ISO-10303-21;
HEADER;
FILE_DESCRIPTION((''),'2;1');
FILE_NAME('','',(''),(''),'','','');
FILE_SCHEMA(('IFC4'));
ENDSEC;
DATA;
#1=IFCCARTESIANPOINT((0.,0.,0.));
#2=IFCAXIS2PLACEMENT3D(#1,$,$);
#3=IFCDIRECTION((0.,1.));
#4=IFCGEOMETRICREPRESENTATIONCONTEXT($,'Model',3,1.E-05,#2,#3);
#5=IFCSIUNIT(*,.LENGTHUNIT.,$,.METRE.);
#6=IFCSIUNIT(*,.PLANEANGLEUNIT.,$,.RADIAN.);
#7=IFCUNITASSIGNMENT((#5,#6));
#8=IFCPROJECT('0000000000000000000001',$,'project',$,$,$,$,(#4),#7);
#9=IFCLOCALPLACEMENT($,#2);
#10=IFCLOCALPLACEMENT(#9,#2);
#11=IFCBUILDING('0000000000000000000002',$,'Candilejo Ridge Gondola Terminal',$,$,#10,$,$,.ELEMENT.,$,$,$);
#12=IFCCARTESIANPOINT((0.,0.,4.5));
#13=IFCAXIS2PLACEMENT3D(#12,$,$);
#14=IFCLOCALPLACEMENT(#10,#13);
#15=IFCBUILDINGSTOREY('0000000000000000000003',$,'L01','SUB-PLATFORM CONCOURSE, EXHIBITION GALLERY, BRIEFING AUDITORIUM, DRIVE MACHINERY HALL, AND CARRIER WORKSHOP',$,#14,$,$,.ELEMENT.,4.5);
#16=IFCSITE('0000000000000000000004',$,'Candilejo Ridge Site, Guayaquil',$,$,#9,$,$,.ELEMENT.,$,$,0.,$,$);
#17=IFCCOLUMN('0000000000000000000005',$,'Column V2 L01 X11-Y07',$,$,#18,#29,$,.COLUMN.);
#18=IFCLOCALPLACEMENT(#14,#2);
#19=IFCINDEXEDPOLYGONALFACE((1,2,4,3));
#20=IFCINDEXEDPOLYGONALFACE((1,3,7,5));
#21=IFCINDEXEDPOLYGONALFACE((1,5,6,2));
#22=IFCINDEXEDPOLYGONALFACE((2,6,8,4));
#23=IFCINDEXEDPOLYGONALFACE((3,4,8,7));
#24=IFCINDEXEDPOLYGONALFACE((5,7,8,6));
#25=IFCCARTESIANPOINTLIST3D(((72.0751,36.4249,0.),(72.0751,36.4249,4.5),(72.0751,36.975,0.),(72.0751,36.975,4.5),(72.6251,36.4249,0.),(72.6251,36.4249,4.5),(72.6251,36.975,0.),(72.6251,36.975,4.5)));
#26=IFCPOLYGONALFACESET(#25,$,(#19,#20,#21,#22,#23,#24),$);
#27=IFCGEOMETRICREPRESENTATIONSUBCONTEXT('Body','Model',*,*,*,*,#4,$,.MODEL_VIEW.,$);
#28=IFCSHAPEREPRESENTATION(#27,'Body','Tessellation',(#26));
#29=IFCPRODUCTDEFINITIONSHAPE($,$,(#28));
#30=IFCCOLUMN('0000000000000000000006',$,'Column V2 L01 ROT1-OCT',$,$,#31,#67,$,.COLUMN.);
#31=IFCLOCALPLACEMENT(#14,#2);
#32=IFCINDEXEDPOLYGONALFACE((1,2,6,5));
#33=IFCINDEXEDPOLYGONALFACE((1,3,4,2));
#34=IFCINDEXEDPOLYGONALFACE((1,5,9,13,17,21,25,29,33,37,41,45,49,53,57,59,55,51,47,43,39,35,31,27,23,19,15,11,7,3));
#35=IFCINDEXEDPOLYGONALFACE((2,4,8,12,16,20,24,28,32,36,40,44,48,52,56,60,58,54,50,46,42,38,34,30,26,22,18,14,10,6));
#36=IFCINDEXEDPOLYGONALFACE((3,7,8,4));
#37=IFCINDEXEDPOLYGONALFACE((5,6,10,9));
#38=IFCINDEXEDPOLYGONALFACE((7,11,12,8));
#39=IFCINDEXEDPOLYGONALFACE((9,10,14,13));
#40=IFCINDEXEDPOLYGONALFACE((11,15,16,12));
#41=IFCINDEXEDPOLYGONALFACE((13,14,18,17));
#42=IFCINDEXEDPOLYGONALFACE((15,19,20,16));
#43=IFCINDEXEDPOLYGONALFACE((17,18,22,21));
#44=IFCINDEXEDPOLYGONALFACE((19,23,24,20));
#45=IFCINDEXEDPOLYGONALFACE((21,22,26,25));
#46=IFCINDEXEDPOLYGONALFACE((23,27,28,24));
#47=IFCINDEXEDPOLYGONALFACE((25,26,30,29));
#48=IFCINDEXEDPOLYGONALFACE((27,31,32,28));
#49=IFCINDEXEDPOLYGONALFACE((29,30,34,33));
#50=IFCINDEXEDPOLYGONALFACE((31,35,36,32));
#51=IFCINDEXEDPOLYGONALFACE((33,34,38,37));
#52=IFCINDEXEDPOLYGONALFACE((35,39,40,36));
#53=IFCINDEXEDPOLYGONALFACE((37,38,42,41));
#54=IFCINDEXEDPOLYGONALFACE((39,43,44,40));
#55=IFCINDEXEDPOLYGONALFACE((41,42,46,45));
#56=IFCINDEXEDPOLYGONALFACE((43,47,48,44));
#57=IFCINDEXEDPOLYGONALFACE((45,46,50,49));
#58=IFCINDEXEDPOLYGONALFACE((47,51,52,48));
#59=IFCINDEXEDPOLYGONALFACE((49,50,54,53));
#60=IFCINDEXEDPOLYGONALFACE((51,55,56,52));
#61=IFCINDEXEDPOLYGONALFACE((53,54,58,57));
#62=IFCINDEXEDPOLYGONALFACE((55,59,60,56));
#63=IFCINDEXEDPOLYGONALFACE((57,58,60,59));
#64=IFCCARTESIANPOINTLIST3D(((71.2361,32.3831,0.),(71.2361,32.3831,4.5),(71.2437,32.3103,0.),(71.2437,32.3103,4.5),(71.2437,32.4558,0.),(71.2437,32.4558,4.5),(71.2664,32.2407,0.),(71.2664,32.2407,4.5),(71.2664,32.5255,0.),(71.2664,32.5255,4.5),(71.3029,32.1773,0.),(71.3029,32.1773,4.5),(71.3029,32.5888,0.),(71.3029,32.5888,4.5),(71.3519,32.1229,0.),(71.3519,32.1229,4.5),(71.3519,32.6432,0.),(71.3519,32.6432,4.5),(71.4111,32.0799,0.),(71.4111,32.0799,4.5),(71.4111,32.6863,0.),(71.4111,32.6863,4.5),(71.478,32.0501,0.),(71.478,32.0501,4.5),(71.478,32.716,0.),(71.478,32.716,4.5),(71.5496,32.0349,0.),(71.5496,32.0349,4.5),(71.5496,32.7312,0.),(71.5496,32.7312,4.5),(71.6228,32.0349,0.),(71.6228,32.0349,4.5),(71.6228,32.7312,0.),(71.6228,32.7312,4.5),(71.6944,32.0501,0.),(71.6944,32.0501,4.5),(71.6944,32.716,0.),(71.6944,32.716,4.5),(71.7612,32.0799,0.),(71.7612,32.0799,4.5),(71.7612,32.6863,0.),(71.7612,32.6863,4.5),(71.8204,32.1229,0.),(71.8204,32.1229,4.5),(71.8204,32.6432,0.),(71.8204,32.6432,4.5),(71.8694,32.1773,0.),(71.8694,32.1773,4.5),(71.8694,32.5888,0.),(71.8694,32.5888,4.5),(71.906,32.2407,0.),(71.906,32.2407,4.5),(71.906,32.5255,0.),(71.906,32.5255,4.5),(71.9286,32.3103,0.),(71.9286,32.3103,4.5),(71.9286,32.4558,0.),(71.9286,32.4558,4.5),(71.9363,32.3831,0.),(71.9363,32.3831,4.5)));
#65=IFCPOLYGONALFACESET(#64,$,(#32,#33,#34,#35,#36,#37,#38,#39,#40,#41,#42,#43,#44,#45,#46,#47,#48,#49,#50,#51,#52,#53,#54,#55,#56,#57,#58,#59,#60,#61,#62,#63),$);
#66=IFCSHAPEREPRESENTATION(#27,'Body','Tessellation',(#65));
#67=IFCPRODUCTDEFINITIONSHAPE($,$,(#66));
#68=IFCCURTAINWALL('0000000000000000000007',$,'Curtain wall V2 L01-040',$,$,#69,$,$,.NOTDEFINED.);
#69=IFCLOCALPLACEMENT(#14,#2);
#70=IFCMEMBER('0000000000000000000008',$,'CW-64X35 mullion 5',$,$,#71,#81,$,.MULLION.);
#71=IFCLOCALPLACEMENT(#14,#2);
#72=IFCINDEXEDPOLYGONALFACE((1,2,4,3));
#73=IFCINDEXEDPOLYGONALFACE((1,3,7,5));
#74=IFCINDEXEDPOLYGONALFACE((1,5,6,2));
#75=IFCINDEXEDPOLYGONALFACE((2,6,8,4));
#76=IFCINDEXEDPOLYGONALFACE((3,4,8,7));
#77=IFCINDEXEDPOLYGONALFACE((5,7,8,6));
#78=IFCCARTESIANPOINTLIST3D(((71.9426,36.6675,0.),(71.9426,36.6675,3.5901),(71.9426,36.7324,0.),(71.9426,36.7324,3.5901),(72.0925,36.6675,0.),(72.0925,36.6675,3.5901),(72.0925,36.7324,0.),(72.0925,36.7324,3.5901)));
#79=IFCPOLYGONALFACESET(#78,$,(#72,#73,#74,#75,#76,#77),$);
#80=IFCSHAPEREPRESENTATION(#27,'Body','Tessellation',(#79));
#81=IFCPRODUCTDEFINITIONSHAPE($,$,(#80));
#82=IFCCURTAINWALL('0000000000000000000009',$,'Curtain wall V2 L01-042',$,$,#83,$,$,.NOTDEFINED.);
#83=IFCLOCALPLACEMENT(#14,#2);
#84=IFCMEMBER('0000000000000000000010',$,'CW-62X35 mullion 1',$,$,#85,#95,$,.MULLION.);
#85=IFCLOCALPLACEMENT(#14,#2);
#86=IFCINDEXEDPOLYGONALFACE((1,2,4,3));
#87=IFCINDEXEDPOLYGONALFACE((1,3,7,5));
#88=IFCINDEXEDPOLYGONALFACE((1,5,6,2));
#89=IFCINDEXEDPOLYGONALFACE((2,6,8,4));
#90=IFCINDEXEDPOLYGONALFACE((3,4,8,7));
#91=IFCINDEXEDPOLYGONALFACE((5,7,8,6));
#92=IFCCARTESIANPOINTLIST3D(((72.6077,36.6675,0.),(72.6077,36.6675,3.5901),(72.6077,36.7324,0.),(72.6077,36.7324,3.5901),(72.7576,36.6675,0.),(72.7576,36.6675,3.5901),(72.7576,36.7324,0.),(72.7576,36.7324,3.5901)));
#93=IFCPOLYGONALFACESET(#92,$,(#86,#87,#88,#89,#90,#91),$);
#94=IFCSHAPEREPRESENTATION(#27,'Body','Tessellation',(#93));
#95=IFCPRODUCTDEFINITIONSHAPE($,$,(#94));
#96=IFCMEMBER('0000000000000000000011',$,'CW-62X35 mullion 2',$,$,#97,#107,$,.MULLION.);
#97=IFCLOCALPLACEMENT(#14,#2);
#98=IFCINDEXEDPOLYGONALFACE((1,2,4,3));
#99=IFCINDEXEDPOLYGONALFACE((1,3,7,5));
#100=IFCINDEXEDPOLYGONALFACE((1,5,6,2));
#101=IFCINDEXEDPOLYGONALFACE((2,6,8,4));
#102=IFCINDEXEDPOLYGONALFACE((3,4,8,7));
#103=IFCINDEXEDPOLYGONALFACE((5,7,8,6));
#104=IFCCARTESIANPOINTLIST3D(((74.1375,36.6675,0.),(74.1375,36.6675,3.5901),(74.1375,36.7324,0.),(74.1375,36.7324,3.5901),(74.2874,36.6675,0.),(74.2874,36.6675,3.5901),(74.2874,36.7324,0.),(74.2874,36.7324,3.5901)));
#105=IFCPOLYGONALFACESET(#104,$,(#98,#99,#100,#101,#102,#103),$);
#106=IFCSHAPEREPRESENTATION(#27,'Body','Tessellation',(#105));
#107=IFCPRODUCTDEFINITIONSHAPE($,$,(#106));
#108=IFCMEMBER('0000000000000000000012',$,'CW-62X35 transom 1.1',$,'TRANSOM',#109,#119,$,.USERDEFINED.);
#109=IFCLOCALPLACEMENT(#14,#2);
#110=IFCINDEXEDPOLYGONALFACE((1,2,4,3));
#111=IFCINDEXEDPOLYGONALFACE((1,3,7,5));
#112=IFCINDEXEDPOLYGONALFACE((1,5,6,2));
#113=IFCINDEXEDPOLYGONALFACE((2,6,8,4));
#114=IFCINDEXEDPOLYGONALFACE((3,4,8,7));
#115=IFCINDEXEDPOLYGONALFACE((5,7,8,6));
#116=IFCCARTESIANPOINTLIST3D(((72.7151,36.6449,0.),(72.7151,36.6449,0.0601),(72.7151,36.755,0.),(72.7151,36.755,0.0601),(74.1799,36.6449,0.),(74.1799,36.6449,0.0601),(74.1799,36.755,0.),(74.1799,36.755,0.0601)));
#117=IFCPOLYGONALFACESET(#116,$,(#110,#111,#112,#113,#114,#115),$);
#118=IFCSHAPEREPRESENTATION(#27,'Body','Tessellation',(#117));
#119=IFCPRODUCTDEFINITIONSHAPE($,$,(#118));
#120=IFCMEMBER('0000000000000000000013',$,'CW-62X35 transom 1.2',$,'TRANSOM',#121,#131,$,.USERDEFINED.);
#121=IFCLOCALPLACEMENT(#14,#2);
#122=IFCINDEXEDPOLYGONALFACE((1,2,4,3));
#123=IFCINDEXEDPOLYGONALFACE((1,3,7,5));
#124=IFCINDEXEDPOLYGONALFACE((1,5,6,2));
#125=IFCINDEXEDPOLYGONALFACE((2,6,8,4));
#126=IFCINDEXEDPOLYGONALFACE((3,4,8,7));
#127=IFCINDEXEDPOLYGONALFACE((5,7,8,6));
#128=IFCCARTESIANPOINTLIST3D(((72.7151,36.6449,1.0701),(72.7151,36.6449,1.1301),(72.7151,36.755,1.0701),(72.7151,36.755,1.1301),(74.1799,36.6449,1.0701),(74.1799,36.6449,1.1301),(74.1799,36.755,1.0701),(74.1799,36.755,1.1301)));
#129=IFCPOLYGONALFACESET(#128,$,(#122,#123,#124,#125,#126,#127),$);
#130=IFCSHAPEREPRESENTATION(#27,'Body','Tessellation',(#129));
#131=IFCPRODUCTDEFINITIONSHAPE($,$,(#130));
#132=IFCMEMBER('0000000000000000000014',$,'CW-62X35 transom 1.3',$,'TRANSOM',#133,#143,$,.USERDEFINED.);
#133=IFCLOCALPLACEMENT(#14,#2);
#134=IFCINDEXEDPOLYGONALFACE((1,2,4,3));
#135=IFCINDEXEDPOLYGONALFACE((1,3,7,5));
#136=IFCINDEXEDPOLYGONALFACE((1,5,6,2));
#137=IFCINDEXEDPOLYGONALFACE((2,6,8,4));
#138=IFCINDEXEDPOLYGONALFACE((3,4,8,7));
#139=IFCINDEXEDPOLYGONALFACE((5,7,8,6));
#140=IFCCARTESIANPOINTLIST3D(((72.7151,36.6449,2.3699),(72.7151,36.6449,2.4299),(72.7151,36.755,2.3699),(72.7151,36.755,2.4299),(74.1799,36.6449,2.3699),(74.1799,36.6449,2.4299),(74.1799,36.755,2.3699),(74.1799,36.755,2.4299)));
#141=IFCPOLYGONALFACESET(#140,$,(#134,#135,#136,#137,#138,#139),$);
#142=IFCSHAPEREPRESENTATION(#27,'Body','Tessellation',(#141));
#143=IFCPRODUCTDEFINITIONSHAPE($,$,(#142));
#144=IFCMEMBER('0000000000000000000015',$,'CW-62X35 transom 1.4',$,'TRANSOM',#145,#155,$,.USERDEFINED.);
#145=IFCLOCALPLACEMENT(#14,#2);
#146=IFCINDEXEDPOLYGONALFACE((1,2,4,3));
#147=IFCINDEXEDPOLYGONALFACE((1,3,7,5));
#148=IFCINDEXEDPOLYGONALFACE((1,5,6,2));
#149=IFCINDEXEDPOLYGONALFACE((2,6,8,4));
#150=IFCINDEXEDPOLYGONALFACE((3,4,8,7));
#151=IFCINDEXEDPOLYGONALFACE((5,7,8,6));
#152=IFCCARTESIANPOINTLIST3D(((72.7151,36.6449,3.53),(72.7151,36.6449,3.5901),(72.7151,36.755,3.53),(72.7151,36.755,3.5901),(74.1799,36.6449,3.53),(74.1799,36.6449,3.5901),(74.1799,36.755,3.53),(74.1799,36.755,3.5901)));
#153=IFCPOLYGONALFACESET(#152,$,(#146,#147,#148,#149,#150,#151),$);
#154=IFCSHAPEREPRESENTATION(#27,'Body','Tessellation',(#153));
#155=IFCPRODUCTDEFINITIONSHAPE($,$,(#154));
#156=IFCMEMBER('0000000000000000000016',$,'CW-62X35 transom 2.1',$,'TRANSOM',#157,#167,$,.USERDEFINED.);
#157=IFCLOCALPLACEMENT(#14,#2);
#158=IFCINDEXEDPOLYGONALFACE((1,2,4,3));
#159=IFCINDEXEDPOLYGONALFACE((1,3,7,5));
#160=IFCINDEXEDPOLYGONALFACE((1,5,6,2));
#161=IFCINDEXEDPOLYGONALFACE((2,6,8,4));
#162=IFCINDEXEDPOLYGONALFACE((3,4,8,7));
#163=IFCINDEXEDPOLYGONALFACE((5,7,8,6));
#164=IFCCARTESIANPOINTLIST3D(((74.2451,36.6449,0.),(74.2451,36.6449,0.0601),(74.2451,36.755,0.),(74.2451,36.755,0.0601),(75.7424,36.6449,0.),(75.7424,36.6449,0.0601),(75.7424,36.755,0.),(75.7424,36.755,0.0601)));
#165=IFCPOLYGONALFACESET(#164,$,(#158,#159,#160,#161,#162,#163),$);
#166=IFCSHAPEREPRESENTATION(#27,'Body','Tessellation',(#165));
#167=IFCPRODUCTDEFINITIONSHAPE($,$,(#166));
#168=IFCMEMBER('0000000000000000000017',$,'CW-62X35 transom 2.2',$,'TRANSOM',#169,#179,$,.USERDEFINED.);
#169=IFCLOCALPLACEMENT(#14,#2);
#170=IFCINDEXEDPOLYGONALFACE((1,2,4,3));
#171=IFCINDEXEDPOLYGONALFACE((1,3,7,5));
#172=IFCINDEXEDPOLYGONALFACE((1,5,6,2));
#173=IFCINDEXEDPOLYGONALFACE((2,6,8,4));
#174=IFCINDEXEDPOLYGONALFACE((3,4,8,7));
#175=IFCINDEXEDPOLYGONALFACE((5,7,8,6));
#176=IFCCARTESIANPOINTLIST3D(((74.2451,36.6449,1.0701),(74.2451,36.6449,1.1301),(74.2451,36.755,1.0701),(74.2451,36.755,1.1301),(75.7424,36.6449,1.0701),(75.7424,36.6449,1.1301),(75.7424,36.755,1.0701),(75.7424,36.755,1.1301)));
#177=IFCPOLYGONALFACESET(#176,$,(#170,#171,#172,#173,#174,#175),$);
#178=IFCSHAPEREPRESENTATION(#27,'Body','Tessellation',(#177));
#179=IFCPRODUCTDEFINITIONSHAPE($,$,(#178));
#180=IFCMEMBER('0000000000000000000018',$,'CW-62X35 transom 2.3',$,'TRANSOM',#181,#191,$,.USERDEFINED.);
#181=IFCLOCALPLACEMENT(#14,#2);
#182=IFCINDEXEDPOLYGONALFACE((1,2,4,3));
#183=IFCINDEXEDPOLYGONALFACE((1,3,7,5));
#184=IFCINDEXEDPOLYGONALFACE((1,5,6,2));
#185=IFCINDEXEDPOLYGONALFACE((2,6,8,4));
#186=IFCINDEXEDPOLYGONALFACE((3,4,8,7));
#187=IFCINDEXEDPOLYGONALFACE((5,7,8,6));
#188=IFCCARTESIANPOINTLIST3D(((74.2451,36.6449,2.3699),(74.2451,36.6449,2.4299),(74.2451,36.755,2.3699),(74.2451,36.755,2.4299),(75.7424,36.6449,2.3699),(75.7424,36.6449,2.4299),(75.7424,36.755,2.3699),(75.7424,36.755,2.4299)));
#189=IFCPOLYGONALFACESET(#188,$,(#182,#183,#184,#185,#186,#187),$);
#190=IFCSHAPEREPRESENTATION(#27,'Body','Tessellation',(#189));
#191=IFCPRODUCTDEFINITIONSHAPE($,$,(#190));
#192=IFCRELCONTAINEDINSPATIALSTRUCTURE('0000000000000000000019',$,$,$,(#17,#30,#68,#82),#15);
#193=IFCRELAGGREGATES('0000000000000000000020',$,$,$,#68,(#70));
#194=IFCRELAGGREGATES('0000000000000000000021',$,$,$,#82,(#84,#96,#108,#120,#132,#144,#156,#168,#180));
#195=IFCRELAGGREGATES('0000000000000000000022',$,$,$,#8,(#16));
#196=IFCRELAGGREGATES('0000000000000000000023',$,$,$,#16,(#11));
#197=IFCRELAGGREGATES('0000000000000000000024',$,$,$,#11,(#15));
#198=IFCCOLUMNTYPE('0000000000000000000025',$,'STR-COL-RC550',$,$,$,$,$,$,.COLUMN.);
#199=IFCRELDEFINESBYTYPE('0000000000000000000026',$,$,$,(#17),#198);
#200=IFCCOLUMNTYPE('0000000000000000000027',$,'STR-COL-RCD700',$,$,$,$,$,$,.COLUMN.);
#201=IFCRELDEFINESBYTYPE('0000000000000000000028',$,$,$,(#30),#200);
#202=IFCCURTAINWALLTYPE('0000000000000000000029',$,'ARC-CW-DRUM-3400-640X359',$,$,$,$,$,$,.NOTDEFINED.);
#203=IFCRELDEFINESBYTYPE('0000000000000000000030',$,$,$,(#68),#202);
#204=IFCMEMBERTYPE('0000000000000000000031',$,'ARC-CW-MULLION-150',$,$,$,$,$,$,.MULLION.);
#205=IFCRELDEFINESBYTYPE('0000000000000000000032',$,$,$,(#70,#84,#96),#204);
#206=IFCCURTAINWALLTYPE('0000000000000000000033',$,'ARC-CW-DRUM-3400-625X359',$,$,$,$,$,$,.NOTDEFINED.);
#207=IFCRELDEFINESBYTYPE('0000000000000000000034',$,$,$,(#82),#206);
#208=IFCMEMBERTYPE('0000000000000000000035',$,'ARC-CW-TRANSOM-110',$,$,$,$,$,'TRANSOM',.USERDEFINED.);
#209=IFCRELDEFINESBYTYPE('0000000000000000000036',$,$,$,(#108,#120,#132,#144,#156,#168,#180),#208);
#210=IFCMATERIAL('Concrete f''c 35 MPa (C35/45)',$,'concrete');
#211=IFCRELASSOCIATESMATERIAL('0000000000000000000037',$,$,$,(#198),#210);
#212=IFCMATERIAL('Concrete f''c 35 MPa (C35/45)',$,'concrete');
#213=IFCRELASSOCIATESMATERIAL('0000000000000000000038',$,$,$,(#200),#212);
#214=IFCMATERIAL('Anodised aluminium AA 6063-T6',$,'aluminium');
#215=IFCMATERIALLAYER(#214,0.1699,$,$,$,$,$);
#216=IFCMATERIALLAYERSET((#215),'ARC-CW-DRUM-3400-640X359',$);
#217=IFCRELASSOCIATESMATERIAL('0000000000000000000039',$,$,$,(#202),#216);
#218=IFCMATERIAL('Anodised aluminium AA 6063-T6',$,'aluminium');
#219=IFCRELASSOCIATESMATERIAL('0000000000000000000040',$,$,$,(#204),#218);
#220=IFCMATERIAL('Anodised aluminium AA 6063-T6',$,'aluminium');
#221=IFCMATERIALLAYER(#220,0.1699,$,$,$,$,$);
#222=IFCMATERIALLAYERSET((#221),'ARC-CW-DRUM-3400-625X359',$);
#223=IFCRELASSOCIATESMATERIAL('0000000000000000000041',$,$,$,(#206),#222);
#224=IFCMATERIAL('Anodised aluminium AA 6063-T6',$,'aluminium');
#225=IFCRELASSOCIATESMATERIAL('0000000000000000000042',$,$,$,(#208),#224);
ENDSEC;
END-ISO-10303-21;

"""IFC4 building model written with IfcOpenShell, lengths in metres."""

from ifc_helpers import new_model, si_unit, direction, frame, origin, origin_2d, place, context, subcontext, project, spatial, rectangle, circle, extrude, material, layer, layer_set, material_profile, profile_set, type_object, element, aggregate, save


model = new_model("IFC4")

# Units and contexts
model_context = context("Model", 3, precision=1e-05, world=origin(), true_north=direction((0.0, 1.0)))
body_context = subcontext(model_context, "Body", "Model", "MODEL_VIEW")
ifc_project = project(units=[si_unit("LENGTHUNIT", "METRE"), si_unit("PLANEANGLEUNIT", "RADIAN")], contexts=[model_context])

# Site, building, storey
site_placement = place(None, origin())
site = spatial("IfcSite", under=ifc_project, at=site_placement, Name="Candilejo Ridge Site, Guayaquil", CompositionType="ELEMENT", RefElevation=0.0)
building_placement = place(site_placement, origin())
building = spatial("IfcBuilding", under=site, at=building_placement, Name="Candilejo Ridge Gondola Terminal", CompositionType="ELEMENT")
storey_placement = place(building_placement, frame((0.0, 0.0, 4.5)))
storey = spatial("IfcBuildingStorey", under=building, at=storey_placement, Name="L01", Description="SUB-PLATFORM CONCOURSE, EXHIBITION GALLERY, BRIEFING AUDITORIUM, DRIVE MACHINERY HALL, AND CARRIER WORKSHOP", CompositionType="ELEMENT", Elevation=4.5)

# Columns
ifc_material_1 = material(Name="Concrete f'c 35 MPa (C35/45)", Category="concrete")
ifc_material_profile_1 = material_profile(ifc_material_1, rectangle(XDim=0.55, YDim=0.55, at=origin_2d()))
ifc_profile_set_1 = profile_set([ifc_material_profile_1], Name="Concrete f'c 35 MPa (C35/45)")
column_type_1 = type_object("IfcColumnType", Name="STR-COL-RC550", PredefinedType="COLUMN", material=ifc_profile_set_1)
column_1_placement = place(storey_placement, frame((72.3501, 36.7, 0.0), z_axis=(0.0, 0.0, 1.0), x_axis=(1.0, 0.0, 0.0)))
element("IfcColumn", 1, at=column_1_placement, inside=storey, type_object=column_type_1, Name="Column V2 L01 X11-Y07", PredefinedType="COLUMN", context=body_context, shape_type="SweptSolid", body=[
    extrude(rectangle(XDim=0.55, YDim=0.55, at=origin_2d()), origin(), (0.0, 0.0, 1.0), 4.5),
])
ifc_material_2 = material(Name="Concrete f'c 35 MPa (C35/45)", Category="concrete")
ifc_material_profile_2 = material_profile(ifc_material_2, circle(Radius=0.3501, at=origin_2d()))
ifc_profile_set_2 = profile_set([ifc_material_profile_2], Name="Concrete f'c 35 MPa (C35/45)")
column_type_2 = type_object("IfcColumnType", Name="STR-COL-RCD700", PredefinedType="COLUMN", material=ifc_profile_set_2)
column_2_placement = place(storey_placement, frame((71.5862, 32.3831, 0.0), z_axis=(0.0, 0.0, 1.0), x_axis=(1.0, 0.0, 0.0)))
element("IfcColumn", 2, at=column_2_placement, inside=storey, type_object=column_type_2, Name="Column V2 L01 ROT1-OCT", PredefinedType="COLUMN", context=body_context, shape_type="SweptSolid", body=[
    extrude(circle(Radius=0.3501, at=origin_2d()), origin(), (0.0, 0.0, 1.0), 4.5),
])

# Curtain wall, member
ifc_material_3 = material(Name="Anodised aluminium AA 6063-T6", Category="aluminium")
ifc_layer_1 = layer(ifc_material_3, 0.1699)
ifc_layer_set_1 = layer_set([ifc_layer_1], Name="ARC-CW-DRUM-3400-640X359")
curtain_wall_type_1 = type_object("IfcCurtainWallType", Name="ARC-CW-DRUM-3400-640X359", PredefinedType="NOTDEFINED", material=ifc_layer_set_1)
curtain_wall_1_placement = place(storey_placement, origin())
curtain_wall_1 = element("IfcCurtainWall", 3, at=curtain_wall_1_placement, inside=storey, type_object=curtain_wall_type_1, Name="Curtain wall V2 L01-040", PredefinedType="NOTDEFINED")
ifc_material_4 = material(Name="Anodised aluminium AA 6063-T6", Category="aluminium")
ifc_material_profile_3 = material_profile(ifc_material_4, rectangle(XDim=0.0649, YDim=0.1499, at=origin_2d()))
ifc_profile_set_3 = profile_set([ifc_material_profile_3], Name="Anodised aluminium AA 6063-T6")
member_type_1 = type_object("IfcMemberType", Name="ARC-CW-MULLION-150", PredefinedType="MULLION", material=ifc_profile_set_3)
member_1_placement = place(storey_placement, frame((72.0176, 36.7, 0.0), z_axis=(0.0, 0.0, 1.0), x_axis=(0.0, 1.0, 0.0)))
member_1 = element("IfcMember", 4, at=member_1_placement, type_object=member_type_1, Name="CW-64X35 mullion 5", PredefinedType="MULLION", context=body_context, shape_type="SweptSolid", body=[
    extrude(rectangle(XDim=0.0649, YDim=0.1499, at=origin_2d()), origin(), (0.0, 0.0, 1.0), 3.5901),
])
aggregate(curtain_wall_1, [member_1])

# Curtain wall, members
ifc_material_5 = material(Name="Anodised aluminium AA 6063-T6", Category="aluminium")
ifc_layer_2 = layer(ifc_material_5, 0.1699)
ifc_layer_set_2 = layer_set([ifc_layer_2], Name="ARC-CW-DRUM-3400-625X359")
curtain_wall_type_2 = type_object("IfcCurtainWallType", Name="ARC-CW-DRUM-3400-625X359", PredefinedType="NOTDEFINED", material=ifc_layer_set_2)
curtain_wall_2_placement = place(storey_placement, origin())
curtain_wall_2 = element("IfcCurtainWall", 5, at=curtain_wall_2_placement, inside=storey, type_object=curtain_wall_type_2, Name="Curtain wall V2 L01-042", PredefinedType="NOTDEFINED")
member_2_placement = place(storey_placement, frame((72.6826, 36.7, 0.0), z_axis=(0.0, 0.0, 1.0), x_axis=(0.0, 1.0, 0.0)))
member_2 = element("IfcMember", 6, at=member_2_placement, type_object=member_type_1, Name="CW-62X35 mullion 1", PredefinedType="MULLION", context=body_context, shape_type="SweptSolid", body=[
    extrude(rectangle(XDim=0.0649, YDim=0.1499, at=origin_2d()), origin(), (0.0, 0.0, 1.0), 3.5901),
])
member_3_placement = place(storey_placement, frame((74.2124, 36.7, 0.0), z_axis=(0.0, 0.0, 1.0), x_axis=(0.0, 1.0, 0.0)))
member_3 = element("IfcMember", 7, at=member_3_placement, type_object=member_type_1, Name="CW-62X35 mullion 2", PredefinedType="MULLION", context=body_context, shape_type="SweptSolid", body=[
    extrude(rectangle(XDim=0.0649, YDim=0.1499, at=origin_2d()), origin(), (0.0, 0.0, 1.0), 3.5901),
])
ifc_material_6 = material(Name="Anodised aluminium AA 6063-T6", Category="aluminium")
ifc_material_profile_4 = material_profile(ifc_material_6, rectangle(XDim=0.1101, YDim=0.0601, at=origin_2d()))
ifc_profile_set_4 = profile_set([ifc_material_profile_4], Name="Anodised aluminium AA 6063-T6")
member_type_2 = type_object("IfcMemberType", Name="ARC-CW-TRANSOM-110", ElementType="TRANSOM", PredefinedType="USERDEFINED", material=ifc_profile_set_4)
member_4_placement = place(storey_placement, frame((72.7151, 36.7, 0.03), z_axis=(1.0, 0.0, 0.0), x_axis=(0.0, 1.0, 0.0)))
member_4 = element("IfcMember", 8, at=member_4_placement, type_object=member_type_2, Name="CW-62X35 transom 1.1", ObjectType="TRANSOM", PredefinedType="USERDEFINED", context=body_context, shape_type="SweptSolid", body=[
    extrude(rectangle(XDim=0.1101, YDim=0.0601, at=origin_2d()), origin(), (0.0, 0.0, 1.0), 1.4648),
])
member_5_placement = place(storey_placement, frame((72.7151, 36.7, 1.1001), z_axis=(1.0, 0.0, 0.0), x_axis=(0.0, 1.0, 0.0)))
member_5 = element("IfcMember", 9, at=member_5_placement, type_object=member_type_2, Name="CW-62X35 transom 1.2", ObjectType="TRANSOM", PredefinedType="USERDEFINED", context=body_context, shape_type="SweptSolid", body=[
    extrude(rectangle(XDim=0.1101, YDim=0.0601, at=origin_2d()), origin(), (0.0, 0.0, 1.0), 1.4648),
])
member_6_placement = place(storey_placement, frame((72.7151, 36.7, 2.3999), z_axis=(1.0, 0.0, 0.0), x_axis=(0.0, 1.0, 0.0)))
member_6 = element("IfcMember", 10, at=member_6_placement, type_object=member_type_2, Name="CW-62X35 transom 1.3", ObjectType="TRANSOM", PredefinedType="USERDEFINED", context=body_context, shape_type="SweptSolid", body=[
    extrude(rectangle(XDim=0.1101, YDim=0.0601, at=origin_2d()), origin(), (0.0, 0.0, 1.0), 1.4648),
])
member_7_placement = place(storey_placement, frame((72.7151, 36.7, 3.5601), z_axis=(1.0, 0.0, 0.0), x_axis=(0.0, 1.0, 0.0)))
member_7 = element("IfcMember", 11, at=member_7_placement, type_object=member_type_2, Name="CW-62X35 transom 1.4", ObjectType="TRANSOM", PredefinedType="USERDEFINED", context=body_context, shape_type="SweptSolid", body=[
    extrude(rectangle(XDim=0.1101, YDim=0.0601, at=origin_2d()), origin(), (0.0, 0.0, 1.0), 1.4648),
])
member_8_placement = place(storey_placement, frame((74.2451, 36.7, 0.03), z_axis=(1.0, 0.0, 0.0), x_axis=(0.0, 1.0, 0.0)))
member_8 = element("IfcMember", 12, at=member_8_placement, type_object=member_type_2, Name="CW-62X35 transom 2.1", ObjectType="TRANSOM", PredefinedType="USERDEFINED", context=body_context, shape_type="SweptSolid", body=[
    extrude(rectangle(XDim=0.1101, YDim=0.0601, at=origin_2d()), origin(), (0.0, 0.0, 1.0), 1.4973),
])
member_9_placement = place(storey_placement, frame((74.2451, 36.7, 1.1001), z_axis=(1.0, 0.0, 0.0), x_axis=(0.0, 1.0, 0.0)))
member_9 = element("IfcMember", 13, at=member_9_placement, type_object=member_type_2, Name="CW-62X35 transom 2.2", ObjectType="TRANSOM", PredefinedType="USERDEFINED", context=body_context, shape_type="SweptSolid", body=[
    extrude(rectangle(XDim=0.1101, YDim=0.0601, at=origin_2d()), origin(), (0.0, 0.0, 1.0), 1.4973),
])
member_10_placement = place(storey_placement, frame((74.2451, 36.7, 2.3999), z_axis=(1.0, 0.0, 0.0), x_axis=(0.0, 1.0, 0.0)))
member_10 = element("IfcMember", 14, at=member_10_placement, type_object=member_type_2, Name="CW-62X35 transom 2.3", ObjectType="TRANSOM", PredefinedType="USERDEFINED", context=body_context, shape_type="SweptSolid", body=[
    extrude(rectangle(XDim=0.1101, YDim=0.0601, at=origin_2d()), origin(), (0.0, 0.0, 1.0), 1.4973),
])

aggregate(curtain_wall_2, [member_2, member_3, member_4, member_5, member_6, member_7, member_8, member_9, member_10])

save(model, "model.ifc")
